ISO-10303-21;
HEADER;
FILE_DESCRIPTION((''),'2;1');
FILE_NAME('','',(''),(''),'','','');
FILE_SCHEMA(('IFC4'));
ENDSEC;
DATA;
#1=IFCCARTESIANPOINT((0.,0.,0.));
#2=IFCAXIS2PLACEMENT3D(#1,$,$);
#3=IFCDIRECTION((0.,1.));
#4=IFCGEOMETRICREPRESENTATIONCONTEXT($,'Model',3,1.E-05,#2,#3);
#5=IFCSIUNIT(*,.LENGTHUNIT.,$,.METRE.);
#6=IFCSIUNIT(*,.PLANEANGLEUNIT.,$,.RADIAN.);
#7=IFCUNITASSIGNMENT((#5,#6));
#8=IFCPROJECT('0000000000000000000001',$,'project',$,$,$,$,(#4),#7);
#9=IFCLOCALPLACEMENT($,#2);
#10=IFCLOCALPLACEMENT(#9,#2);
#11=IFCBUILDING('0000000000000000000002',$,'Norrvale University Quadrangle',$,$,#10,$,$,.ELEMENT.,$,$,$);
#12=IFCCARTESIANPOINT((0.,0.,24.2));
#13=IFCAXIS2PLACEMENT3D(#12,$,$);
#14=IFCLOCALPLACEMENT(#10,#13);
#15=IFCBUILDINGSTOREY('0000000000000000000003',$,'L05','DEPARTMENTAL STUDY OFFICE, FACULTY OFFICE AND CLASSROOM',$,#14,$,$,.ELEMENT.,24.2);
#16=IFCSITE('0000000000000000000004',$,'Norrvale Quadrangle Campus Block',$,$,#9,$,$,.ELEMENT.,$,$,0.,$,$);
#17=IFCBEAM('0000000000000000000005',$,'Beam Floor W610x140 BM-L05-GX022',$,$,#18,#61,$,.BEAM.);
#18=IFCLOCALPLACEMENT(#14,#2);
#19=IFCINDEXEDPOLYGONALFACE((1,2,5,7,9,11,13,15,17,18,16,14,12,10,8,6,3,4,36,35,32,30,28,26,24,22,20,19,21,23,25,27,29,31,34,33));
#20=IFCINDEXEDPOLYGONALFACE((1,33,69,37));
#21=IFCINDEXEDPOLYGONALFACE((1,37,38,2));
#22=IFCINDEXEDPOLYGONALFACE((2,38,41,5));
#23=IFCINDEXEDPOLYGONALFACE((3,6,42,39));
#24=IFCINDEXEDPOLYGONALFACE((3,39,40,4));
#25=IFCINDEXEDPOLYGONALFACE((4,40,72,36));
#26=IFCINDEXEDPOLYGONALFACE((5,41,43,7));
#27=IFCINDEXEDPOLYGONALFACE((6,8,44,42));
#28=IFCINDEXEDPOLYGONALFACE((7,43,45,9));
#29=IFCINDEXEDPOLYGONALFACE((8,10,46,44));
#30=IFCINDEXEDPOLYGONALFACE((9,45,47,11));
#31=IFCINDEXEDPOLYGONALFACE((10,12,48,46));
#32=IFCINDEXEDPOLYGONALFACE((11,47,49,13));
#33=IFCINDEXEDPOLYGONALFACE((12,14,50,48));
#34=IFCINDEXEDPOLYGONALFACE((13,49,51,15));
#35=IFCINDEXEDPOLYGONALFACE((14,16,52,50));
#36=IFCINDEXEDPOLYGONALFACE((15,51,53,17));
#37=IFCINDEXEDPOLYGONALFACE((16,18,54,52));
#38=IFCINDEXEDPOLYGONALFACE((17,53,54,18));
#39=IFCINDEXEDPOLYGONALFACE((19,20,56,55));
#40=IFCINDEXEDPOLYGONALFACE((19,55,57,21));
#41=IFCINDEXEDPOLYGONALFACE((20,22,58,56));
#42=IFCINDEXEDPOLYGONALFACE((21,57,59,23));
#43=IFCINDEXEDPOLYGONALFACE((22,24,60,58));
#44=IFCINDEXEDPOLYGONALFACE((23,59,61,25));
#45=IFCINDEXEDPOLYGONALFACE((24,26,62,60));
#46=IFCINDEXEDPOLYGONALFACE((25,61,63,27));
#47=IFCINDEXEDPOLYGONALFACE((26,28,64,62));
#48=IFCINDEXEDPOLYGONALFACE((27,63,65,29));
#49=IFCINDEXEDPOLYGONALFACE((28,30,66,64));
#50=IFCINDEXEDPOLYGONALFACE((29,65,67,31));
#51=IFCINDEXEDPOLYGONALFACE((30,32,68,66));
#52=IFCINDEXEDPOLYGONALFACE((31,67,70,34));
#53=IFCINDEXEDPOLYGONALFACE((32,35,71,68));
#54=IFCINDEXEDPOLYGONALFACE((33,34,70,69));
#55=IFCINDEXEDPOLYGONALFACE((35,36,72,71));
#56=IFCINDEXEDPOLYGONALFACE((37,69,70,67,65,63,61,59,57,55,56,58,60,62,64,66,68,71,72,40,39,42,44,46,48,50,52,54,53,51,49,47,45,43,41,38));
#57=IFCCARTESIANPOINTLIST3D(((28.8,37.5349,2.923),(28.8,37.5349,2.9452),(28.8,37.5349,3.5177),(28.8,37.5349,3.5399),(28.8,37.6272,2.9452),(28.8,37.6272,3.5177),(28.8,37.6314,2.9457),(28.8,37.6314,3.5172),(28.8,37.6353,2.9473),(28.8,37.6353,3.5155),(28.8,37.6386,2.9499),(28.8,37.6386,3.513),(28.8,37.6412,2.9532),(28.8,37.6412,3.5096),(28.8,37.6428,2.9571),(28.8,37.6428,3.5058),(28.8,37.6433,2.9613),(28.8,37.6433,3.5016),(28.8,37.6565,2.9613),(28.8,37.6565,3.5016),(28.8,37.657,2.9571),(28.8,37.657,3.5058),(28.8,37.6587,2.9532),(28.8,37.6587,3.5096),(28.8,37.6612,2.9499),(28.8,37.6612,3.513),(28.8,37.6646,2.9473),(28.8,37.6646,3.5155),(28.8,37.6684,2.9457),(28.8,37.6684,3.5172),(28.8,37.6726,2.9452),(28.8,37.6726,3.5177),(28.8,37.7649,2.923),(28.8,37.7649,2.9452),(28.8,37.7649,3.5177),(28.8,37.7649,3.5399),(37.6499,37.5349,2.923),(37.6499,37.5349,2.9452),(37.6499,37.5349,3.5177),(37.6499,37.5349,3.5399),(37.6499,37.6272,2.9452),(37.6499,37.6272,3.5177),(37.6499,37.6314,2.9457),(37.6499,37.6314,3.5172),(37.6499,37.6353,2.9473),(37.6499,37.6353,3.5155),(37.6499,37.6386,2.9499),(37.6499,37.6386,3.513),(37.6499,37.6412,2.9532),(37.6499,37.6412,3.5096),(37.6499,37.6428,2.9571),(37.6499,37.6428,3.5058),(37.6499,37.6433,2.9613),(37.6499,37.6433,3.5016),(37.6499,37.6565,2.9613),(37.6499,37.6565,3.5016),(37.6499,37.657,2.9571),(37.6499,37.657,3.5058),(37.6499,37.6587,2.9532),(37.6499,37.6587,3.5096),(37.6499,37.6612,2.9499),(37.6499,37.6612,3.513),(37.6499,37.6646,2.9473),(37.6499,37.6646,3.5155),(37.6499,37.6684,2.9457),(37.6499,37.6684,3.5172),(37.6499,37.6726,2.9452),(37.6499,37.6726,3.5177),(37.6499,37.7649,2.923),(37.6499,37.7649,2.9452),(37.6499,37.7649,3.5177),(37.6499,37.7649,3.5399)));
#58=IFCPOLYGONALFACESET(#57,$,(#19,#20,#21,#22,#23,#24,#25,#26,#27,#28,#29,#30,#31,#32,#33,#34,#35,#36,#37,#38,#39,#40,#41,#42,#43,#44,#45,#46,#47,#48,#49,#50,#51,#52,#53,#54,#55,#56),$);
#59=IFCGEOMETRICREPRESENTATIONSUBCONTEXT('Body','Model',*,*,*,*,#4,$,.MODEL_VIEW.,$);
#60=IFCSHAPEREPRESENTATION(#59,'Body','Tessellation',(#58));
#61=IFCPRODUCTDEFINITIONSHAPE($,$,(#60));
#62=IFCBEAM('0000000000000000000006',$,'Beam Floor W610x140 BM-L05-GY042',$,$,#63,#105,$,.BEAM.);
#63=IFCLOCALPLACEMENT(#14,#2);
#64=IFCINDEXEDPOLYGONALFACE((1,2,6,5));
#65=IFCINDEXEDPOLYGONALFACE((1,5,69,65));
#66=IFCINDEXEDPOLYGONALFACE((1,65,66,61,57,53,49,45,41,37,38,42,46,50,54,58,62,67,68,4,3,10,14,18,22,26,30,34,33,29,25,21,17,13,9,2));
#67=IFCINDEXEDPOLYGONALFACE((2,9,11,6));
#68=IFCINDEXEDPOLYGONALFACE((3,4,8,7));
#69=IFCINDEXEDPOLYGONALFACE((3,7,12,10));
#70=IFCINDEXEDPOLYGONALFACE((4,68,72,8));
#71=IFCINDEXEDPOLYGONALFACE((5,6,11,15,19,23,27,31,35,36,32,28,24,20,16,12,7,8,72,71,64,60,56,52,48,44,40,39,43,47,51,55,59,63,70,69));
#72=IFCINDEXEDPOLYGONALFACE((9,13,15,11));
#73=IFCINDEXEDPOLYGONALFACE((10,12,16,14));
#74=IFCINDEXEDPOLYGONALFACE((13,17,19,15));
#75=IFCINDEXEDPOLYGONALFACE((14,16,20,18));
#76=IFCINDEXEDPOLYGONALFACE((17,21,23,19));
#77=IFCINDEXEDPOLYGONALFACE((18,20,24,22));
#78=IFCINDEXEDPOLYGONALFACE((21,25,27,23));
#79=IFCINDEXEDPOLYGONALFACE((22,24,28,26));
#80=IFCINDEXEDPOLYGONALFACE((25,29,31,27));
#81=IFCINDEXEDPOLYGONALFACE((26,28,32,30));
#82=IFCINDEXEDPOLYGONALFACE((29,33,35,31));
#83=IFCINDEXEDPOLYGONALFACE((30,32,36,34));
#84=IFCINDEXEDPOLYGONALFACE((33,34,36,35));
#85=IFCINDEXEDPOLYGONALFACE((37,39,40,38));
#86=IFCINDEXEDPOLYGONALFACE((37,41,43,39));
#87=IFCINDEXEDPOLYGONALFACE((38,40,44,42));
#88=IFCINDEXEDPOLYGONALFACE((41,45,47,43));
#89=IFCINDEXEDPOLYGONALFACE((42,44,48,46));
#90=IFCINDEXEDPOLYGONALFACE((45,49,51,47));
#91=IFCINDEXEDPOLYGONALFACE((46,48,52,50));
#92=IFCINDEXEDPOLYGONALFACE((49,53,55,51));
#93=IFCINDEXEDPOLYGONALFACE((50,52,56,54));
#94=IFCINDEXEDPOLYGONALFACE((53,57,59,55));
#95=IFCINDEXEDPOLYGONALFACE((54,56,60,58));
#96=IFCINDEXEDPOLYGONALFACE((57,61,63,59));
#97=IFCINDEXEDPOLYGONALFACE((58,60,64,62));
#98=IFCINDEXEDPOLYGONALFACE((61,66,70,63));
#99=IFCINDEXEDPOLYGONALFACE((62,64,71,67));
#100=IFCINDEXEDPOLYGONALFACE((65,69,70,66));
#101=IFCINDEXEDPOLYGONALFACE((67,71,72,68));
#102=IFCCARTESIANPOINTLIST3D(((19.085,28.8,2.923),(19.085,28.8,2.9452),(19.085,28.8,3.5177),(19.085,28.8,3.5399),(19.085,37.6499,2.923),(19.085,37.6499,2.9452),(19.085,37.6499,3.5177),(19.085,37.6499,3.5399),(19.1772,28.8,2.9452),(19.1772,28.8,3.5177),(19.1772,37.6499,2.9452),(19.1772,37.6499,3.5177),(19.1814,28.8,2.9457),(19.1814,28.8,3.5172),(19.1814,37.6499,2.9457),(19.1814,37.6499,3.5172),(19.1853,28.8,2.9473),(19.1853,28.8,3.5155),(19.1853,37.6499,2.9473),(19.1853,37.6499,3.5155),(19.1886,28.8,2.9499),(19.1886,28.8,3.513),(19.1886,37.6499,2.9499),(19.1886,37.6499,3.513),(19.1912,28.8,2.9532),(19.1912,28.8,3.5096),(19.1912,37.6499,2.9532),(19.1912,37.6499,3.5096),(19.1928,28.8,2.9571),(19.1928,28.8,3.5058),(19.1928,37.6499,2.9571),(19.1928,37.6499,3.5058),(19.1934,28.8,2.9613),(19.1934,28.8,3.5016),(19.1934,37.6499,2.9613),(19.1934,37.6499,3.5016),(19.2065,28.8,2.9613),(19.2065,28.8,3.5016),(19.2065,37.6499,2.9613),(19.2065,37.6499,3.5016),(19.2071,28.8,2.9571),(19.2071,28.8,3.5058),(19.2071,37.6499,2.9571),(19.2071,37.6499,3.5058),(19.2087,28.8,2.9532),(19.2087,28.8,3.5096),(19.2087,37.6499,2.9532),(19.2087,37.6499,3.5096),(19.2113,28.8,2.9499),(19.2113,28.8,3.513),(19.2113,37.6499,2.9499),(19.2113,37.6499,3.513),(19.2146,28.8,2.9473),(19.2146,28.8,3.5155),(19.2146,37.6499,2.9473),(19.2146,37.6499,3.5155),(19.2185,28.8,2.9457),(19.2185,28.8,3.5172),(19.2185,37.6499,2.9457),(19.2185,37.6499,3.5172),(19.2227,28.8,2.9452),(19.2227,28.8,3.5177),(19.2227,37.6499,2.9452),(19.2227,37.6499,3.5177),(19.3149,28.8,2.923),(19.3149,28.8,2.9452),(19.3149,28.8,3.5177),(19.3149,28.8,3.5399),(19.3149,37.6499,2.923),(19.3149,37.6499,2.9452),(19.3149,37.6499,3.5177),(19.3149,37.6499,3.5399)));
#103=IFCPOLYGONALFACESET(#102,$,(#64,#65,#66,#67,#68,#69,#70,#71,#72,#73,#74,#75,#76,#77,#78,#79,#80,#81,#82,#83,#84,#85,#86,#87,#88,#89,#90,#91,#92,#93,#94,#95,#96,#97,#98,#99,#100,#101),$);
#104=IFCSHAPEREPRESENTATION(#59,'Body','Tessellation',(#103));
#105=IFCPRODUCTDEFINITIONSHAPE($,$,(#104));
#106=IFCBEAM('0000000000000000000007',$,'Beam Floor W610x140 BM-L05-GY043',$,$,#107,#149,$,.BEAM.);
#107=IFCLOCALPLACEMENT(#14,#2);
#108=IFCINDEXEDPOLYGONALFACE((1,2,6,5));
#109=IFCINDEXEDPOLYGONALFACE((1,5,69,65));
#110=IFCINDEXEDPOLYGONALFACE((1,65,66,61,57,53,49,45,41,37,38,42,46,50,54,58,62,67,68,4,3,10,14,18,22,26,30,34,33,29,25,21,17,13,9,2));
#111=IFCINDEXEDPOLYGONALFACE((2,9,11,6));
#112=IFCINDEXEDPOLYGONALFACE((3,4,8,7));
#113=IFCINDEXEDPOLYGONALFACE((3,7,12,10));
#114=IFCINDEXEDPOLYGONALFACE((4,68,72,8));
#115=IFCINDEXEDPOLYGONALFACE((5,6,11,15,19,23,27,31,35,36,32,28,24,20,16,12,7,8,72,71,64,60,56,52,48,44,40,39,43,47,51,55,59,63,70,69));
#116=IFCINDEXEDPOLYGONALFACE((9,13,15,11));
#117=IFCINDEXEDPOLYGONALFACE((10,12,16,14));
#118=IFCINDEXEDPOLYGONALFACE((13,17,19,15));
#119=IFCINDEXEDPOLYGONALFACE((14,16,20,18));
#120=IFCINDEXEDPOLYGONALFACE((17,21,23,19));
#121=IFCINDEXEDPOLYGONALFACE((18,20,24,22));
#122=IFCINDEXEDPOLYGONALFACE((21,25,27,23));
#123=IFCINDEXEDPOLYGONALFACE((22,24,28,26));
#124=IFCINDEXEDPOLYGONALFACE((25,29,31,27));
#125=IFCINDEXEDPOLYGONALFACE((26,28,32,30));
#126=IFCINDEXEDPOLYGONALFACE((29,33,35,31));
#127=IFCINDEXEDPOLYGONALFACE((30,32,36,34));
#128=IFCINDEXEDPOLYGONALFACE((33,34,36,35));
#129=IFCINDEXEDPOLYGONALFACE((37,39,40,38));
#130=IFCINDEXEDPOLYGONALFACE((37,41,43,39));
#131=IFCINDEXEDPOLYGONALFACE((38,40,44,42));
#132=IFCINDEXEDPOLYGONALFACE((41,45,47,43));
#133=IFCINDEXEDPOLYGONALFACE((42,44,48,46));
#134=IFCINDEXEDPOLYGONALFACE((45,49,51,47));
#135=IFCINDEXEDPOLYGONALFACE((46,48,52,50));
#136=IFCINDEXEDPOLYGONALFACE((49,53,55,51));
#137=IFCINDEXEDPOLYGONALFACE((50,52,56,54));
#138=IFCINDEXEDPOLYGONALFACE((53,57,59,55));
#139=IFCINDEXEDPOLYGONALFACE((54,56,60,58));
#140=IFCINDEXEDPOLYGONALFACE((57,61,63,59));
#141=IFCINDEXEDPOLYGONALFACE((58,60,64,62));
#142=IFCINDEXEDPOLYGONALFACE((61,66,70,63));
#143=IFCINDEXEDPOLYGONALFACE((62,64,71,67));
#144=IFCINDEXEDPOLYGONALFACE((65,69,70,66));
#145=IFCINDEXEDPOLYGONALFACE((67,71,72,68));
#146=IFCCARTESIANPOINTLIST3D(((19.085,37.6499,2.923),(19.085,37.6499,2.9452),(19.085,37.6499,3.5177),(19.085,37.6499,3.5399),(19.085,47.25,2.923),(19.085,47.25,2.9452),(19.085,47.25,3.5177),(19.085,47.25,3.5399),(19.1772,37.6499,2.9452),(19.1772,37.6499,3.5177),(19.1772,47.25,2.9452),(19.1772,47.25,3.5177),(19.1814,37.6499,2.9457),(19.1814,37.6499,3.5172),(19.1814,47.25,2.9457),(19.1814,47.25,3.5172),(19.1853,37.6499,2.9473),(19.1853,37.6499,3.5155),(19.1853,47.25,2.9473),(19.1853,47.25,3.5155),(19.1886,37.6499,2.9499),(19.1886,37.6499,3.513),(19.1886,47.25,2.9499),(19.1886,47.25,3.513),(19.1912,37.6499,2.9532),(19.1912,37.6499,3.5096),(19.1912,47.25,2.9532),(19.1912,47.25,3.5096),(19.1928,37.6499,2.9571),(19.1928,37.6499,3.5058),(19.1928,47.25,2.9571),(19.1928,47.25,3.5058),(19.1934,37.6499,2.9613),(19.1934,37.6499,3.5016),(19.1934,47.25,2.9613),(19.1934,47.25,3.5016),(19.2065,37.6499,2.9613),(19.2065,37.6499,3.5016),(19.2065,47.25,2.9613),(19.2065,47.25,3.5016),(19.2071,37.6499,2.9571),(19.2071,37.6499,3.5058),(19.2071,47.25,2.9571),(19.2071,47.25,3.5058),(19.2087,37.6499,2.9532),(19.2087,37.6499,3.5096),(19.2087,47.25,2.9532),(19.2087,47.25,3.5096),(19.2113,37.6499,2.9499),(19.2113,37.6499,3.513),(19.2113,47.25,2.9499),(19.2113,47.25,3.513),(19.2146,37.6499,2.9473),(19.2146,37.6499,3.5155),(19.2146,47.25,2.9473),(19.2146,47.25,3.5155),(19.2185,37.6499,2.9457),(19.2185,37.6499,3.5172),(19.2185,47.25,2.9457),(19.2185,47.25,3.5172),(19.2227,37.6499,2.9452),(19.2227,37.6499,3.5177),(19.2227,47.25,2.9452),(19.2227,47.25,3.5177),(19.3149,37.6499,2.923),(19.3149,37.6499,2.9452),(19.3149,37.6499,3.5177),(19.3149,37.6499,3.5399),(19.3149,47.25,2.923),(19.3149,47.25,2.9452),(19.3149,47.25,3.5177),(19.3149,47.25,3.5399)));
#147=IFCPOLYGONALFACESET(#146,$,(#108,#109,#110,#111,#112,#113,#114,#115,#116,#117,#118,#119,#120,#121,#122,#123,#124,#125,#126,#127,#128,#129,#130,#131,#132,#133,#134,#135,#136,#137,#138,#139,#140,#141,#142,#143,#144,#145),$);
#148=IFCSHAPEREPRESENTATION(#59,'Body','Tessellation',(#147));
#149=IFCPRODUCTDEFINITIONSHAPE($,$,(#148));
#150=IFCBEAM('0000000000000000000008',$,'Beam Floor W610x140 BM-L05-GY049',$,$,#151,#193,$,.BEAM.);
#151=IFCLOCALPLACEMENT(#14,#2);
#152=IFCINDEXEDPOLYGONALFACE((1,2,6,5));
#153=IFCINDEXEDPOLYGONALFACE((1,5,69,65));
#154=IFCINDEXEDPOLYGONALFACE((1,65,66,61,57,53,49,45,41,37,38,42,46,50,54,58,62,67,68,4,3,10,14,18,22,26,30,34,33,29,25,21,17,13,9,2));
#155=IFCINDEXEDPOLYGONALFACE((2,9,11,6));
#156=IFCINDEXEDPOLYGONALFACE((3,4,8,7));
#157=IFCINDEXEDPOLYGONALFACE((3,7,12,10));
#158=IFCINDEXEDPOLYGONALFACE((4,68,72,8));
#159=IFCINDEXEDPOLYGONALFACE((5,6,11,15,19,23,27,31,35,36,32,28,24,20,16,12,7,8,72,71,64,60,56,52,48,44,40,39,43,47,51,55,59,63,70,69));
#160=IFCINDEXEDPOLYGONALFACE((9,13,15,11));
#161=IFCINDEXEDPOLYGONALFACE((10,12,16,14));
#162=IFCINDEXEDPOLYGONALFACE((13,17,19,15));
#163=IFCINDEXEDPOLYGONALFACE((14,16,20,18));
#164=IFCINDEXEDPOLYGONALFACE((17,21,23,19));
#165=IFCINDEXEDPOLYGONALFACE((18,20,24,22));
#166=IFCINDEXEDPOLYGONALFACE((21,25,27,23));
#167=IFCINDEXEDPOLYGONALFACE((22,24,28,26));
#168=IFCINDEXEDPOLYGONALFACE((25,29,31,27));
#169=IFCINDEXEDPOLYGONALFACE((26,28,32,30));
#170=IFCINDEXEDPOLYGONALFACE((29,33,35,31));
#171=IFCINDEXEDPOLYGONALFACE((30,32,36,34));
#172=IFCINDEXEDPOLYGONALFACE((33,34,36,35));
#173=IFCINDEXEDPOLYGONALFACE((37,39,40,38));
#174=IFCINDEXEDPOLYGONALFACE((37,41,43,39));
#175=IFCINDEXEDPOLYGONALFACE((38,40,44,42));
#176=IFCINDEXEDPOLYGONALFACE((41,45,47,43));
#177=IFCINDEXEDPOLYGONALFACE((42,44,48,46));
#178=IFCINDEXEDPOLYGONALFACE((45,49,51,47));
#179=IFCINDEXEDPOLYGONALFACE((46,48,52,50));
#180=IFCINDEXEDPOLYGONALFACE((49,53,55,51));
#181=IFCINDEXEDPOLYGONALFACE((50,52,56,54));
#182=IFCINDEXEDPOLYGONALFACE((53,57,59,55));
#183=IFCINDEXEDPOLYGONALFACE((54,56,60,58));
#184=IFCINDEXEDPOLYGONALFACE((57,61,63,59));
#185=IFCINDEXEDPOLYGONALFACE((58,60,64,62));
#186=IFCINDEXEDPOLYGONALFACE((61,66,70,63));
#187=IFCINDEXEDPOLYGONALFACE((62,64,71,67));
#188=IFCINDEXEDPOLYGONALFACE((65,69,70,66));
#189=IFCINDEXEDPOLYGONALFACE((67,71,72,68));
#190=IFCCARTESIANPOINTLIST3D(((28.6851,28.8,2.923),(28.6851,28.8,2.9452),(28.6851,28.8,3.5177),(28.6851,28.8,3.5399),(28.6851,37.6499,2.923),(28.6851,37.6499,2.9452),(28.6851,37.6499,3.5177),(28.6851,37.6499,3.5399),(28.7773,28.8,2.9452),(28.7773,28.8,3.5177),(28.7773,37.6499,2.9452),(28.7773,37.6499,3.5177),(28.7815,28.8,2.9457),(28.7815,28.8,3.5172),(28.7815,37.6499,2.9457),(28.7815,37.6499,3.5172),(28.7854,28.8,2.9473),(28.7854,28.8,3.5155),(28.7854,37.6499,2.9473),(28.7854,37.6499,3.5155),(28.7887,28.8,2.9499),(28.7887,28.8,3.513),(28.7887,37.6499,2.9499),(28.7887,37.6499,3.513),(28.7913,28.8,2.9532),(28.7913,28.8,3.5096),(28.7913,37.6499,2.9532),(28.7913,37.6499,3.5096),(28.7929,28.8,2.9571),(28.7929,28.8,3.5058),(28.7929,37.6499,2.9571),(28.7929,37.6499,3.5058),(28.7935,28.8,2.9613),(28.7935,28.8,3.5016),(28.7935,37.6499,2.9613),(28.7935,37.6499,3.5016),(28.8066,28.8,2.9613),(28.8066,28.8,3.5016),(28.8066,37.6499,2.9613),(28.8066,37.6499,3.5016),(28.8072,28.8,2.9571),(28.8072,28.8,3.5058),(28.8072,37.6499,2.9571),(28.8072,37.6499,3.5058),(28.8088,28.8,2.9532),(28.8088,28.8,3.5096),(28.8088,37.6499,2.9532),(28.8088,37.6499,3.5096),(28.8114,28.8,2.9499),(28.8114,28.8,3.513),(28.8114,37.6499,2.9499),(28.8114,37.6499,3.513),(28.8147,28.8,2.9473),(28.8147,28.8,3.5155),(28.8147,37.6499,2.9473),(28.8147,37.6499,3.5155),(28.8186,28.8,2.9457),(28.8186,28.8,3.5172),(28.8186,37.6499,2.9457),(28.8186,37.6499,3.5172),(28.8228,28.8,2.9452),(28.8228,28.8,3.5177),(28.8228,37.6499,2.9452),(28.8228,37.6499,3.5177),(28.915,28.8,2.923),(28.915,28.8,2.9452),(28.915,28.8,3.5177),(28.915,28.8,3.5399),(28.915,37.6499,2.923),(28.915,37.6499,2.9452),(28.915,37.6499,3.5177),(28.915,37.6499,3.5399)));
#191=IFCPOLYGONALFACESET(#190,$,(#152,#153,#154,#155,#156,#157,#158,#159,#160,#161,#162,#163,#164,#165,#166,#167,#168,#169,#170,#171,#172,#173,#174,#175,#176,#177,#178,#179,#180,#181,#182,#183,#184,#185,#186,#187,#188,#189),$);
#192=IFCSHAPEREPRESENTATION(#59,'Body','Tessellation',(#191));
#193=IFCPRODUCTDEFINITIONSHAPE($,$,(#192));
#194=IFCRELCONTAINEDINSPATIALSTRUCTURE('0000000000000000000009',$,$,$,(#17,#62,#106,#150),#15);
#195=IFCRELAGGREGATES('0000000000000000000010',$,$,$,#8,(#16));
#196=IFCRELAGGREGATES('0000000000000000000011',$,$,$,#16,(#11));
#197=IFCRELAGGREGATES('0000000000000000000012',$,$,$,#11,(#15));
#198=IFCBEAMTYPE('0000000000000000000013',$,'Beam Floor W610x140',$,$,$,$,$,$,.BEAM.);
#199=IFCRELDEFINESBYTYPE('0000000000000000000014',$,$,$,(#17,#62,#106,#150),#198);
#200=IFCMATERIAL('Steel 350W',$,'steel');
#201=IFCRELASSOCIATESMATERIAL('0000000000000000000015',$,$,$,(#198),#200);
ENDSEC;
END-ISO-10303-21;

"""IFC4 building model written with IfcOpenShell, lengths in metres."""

from ifc_helpers import new_model, si_unit, direction, frame, origin, origin_2d, place, context, subcontext, project, spatial, i_section, extrude, material, material_profile, profile_set, type_object, element, save


model = new_model("IFC4")

# Units and contexts
model_context = context("Model", 3, precision=1e-05, world=origin(), true_north=direction((0.0, 1.0)))
body_context = subcontext(model_context, "Body", "Model", "MODEL_VIEW")
ifc_project = project(units=[si_unit("LENGTHUNIT", "METRE"), si_unit("PLANEANGLEUNIT", "RADIAN")], contexts=[model_context])

# Site, building, storey
site_placement = place(None, origin())
site = spatial("IfcSite", under=ifc_project, at=site_placement, Name="Norrvale Quadrangle Campus Block", CompositionType="ELEMENT", RefElevation=0.0)
building_placement = place(site_placement, origin())
building = spatial("IfcBuilding", under=site, at=building_placement, Name="Norrvale University Quadrangle", CompositionType="ELEMENT")
storey_placement = place(building_placement, frame((0.0, 0.0, 24.2)))
storey = spatial("IfcBuildingStorey", under=building, at=storey_placement, Name="L05", Description="DEPARTMENTAL STUDY OFFICE, FACULTY OFFICE AND CLASSROOM", CompositionType="ELEMENT", Elevation=24.2)

# Beams
ifc_material_1 = material(Name="Steel 350W", Category="steel")
ifc_material_profile_1 = material_profile(ifc_material_1, i_section(OverallWidth=0.23, OverallDepth=0.6169, WebThickness=0.0132, FlangeThickness=0.0222, FilletRadius=0.0161, at=origin_2d()), Name="Steel 350W")
ifc_profile_set_1 = profile_set([ifc_material_profile_1], Name="Steel 350W")
beam_type_1 = type_object("IfcBeamType", Name="Beam Floor W610x140", PredefinedType="BEAM", material=ifc_profile_set_1)
for number, where, z_axis, x_axis, name in (
    (1, (28.8, 37.6499, 3.2314), (1.0, 0.0, 0.0), (0.0, 1.0, 0.0), "Beam Floor W610x140 BM-L05-GX022"),
    (2, (19.2, 28.8, 3.2314), (0.0, 1.0, 0.0), (-1.0, 0.0, 0.0), "Beam Floor W610x140 BM-L05-GY042"),
):
    element("IfcBeam", number, at=place(storey_placement, frame(where, z_axis=z_axis, x_axis=x_axis)), inside=storey, type_object=beam_type_1, Name=name, PredefinedType="BEAM", context=body_context, shape_type="SweptSolid", body=[
        extrude(i_section(OverallWidth=0.23, OverallDepth=0.6169, WebThickness=0.0132, FlangeThickness=0.0222, FilletRadius=0.0161, at=origin_2d()), origin(), (0.0, 0.0, 1.0), 8.8499),
    ])
beam_1_placement = place(storey_placement, frame((19.2, 37.6499, 3.2314), z_axis=(0.0, 1.0, 0.0), x_axis=(-1.0, 0.0, 0.0)))
element("IfcBeam", 3, at=beam_1_placement, inside=storey, type_object=beam_type_1, Name="Beam Floor W610x140 BM-L05-GY043", PredefinedType="BEAM", context=body_context, shape_type="SweptSolid", body=[
    extrude(i_section(OverallWidth=0.23, OverallDepth=0.6169, WebThickness=0.0132, FlangeThickness=0.0222, FilletRadius=0.0161, at=origin_2d()), origin(), (0.0, 0.0, 1.0), 9.6001),
])
beam_2_placement = place(storey_placement, frame((28.8, 28.8, 3.2314), z_axis=(0.0, 1.0, 0.0), x_axis=(-1.0, 0.0, 0.0)))
element("IfcBeam", 4, at=beam_2_placement, inside=storey, type_object=beam_type_1, Name="Beam Floor W610x140 BM-L05-GY049", PredefinedType="BEAM", context=body_context, shape_type="SweptSolid", body=[
    extrude(i_section(OverallWidth=0.23, OverallDepth=0.6169, WebThickness=0.0132, FlangeThickness=0.0222, FilletRadius=0.0161, at=origin_2d()), origin(), (0.0, 0.0, 1.0), 8.8499),
])

save(model, "model.ifc")
